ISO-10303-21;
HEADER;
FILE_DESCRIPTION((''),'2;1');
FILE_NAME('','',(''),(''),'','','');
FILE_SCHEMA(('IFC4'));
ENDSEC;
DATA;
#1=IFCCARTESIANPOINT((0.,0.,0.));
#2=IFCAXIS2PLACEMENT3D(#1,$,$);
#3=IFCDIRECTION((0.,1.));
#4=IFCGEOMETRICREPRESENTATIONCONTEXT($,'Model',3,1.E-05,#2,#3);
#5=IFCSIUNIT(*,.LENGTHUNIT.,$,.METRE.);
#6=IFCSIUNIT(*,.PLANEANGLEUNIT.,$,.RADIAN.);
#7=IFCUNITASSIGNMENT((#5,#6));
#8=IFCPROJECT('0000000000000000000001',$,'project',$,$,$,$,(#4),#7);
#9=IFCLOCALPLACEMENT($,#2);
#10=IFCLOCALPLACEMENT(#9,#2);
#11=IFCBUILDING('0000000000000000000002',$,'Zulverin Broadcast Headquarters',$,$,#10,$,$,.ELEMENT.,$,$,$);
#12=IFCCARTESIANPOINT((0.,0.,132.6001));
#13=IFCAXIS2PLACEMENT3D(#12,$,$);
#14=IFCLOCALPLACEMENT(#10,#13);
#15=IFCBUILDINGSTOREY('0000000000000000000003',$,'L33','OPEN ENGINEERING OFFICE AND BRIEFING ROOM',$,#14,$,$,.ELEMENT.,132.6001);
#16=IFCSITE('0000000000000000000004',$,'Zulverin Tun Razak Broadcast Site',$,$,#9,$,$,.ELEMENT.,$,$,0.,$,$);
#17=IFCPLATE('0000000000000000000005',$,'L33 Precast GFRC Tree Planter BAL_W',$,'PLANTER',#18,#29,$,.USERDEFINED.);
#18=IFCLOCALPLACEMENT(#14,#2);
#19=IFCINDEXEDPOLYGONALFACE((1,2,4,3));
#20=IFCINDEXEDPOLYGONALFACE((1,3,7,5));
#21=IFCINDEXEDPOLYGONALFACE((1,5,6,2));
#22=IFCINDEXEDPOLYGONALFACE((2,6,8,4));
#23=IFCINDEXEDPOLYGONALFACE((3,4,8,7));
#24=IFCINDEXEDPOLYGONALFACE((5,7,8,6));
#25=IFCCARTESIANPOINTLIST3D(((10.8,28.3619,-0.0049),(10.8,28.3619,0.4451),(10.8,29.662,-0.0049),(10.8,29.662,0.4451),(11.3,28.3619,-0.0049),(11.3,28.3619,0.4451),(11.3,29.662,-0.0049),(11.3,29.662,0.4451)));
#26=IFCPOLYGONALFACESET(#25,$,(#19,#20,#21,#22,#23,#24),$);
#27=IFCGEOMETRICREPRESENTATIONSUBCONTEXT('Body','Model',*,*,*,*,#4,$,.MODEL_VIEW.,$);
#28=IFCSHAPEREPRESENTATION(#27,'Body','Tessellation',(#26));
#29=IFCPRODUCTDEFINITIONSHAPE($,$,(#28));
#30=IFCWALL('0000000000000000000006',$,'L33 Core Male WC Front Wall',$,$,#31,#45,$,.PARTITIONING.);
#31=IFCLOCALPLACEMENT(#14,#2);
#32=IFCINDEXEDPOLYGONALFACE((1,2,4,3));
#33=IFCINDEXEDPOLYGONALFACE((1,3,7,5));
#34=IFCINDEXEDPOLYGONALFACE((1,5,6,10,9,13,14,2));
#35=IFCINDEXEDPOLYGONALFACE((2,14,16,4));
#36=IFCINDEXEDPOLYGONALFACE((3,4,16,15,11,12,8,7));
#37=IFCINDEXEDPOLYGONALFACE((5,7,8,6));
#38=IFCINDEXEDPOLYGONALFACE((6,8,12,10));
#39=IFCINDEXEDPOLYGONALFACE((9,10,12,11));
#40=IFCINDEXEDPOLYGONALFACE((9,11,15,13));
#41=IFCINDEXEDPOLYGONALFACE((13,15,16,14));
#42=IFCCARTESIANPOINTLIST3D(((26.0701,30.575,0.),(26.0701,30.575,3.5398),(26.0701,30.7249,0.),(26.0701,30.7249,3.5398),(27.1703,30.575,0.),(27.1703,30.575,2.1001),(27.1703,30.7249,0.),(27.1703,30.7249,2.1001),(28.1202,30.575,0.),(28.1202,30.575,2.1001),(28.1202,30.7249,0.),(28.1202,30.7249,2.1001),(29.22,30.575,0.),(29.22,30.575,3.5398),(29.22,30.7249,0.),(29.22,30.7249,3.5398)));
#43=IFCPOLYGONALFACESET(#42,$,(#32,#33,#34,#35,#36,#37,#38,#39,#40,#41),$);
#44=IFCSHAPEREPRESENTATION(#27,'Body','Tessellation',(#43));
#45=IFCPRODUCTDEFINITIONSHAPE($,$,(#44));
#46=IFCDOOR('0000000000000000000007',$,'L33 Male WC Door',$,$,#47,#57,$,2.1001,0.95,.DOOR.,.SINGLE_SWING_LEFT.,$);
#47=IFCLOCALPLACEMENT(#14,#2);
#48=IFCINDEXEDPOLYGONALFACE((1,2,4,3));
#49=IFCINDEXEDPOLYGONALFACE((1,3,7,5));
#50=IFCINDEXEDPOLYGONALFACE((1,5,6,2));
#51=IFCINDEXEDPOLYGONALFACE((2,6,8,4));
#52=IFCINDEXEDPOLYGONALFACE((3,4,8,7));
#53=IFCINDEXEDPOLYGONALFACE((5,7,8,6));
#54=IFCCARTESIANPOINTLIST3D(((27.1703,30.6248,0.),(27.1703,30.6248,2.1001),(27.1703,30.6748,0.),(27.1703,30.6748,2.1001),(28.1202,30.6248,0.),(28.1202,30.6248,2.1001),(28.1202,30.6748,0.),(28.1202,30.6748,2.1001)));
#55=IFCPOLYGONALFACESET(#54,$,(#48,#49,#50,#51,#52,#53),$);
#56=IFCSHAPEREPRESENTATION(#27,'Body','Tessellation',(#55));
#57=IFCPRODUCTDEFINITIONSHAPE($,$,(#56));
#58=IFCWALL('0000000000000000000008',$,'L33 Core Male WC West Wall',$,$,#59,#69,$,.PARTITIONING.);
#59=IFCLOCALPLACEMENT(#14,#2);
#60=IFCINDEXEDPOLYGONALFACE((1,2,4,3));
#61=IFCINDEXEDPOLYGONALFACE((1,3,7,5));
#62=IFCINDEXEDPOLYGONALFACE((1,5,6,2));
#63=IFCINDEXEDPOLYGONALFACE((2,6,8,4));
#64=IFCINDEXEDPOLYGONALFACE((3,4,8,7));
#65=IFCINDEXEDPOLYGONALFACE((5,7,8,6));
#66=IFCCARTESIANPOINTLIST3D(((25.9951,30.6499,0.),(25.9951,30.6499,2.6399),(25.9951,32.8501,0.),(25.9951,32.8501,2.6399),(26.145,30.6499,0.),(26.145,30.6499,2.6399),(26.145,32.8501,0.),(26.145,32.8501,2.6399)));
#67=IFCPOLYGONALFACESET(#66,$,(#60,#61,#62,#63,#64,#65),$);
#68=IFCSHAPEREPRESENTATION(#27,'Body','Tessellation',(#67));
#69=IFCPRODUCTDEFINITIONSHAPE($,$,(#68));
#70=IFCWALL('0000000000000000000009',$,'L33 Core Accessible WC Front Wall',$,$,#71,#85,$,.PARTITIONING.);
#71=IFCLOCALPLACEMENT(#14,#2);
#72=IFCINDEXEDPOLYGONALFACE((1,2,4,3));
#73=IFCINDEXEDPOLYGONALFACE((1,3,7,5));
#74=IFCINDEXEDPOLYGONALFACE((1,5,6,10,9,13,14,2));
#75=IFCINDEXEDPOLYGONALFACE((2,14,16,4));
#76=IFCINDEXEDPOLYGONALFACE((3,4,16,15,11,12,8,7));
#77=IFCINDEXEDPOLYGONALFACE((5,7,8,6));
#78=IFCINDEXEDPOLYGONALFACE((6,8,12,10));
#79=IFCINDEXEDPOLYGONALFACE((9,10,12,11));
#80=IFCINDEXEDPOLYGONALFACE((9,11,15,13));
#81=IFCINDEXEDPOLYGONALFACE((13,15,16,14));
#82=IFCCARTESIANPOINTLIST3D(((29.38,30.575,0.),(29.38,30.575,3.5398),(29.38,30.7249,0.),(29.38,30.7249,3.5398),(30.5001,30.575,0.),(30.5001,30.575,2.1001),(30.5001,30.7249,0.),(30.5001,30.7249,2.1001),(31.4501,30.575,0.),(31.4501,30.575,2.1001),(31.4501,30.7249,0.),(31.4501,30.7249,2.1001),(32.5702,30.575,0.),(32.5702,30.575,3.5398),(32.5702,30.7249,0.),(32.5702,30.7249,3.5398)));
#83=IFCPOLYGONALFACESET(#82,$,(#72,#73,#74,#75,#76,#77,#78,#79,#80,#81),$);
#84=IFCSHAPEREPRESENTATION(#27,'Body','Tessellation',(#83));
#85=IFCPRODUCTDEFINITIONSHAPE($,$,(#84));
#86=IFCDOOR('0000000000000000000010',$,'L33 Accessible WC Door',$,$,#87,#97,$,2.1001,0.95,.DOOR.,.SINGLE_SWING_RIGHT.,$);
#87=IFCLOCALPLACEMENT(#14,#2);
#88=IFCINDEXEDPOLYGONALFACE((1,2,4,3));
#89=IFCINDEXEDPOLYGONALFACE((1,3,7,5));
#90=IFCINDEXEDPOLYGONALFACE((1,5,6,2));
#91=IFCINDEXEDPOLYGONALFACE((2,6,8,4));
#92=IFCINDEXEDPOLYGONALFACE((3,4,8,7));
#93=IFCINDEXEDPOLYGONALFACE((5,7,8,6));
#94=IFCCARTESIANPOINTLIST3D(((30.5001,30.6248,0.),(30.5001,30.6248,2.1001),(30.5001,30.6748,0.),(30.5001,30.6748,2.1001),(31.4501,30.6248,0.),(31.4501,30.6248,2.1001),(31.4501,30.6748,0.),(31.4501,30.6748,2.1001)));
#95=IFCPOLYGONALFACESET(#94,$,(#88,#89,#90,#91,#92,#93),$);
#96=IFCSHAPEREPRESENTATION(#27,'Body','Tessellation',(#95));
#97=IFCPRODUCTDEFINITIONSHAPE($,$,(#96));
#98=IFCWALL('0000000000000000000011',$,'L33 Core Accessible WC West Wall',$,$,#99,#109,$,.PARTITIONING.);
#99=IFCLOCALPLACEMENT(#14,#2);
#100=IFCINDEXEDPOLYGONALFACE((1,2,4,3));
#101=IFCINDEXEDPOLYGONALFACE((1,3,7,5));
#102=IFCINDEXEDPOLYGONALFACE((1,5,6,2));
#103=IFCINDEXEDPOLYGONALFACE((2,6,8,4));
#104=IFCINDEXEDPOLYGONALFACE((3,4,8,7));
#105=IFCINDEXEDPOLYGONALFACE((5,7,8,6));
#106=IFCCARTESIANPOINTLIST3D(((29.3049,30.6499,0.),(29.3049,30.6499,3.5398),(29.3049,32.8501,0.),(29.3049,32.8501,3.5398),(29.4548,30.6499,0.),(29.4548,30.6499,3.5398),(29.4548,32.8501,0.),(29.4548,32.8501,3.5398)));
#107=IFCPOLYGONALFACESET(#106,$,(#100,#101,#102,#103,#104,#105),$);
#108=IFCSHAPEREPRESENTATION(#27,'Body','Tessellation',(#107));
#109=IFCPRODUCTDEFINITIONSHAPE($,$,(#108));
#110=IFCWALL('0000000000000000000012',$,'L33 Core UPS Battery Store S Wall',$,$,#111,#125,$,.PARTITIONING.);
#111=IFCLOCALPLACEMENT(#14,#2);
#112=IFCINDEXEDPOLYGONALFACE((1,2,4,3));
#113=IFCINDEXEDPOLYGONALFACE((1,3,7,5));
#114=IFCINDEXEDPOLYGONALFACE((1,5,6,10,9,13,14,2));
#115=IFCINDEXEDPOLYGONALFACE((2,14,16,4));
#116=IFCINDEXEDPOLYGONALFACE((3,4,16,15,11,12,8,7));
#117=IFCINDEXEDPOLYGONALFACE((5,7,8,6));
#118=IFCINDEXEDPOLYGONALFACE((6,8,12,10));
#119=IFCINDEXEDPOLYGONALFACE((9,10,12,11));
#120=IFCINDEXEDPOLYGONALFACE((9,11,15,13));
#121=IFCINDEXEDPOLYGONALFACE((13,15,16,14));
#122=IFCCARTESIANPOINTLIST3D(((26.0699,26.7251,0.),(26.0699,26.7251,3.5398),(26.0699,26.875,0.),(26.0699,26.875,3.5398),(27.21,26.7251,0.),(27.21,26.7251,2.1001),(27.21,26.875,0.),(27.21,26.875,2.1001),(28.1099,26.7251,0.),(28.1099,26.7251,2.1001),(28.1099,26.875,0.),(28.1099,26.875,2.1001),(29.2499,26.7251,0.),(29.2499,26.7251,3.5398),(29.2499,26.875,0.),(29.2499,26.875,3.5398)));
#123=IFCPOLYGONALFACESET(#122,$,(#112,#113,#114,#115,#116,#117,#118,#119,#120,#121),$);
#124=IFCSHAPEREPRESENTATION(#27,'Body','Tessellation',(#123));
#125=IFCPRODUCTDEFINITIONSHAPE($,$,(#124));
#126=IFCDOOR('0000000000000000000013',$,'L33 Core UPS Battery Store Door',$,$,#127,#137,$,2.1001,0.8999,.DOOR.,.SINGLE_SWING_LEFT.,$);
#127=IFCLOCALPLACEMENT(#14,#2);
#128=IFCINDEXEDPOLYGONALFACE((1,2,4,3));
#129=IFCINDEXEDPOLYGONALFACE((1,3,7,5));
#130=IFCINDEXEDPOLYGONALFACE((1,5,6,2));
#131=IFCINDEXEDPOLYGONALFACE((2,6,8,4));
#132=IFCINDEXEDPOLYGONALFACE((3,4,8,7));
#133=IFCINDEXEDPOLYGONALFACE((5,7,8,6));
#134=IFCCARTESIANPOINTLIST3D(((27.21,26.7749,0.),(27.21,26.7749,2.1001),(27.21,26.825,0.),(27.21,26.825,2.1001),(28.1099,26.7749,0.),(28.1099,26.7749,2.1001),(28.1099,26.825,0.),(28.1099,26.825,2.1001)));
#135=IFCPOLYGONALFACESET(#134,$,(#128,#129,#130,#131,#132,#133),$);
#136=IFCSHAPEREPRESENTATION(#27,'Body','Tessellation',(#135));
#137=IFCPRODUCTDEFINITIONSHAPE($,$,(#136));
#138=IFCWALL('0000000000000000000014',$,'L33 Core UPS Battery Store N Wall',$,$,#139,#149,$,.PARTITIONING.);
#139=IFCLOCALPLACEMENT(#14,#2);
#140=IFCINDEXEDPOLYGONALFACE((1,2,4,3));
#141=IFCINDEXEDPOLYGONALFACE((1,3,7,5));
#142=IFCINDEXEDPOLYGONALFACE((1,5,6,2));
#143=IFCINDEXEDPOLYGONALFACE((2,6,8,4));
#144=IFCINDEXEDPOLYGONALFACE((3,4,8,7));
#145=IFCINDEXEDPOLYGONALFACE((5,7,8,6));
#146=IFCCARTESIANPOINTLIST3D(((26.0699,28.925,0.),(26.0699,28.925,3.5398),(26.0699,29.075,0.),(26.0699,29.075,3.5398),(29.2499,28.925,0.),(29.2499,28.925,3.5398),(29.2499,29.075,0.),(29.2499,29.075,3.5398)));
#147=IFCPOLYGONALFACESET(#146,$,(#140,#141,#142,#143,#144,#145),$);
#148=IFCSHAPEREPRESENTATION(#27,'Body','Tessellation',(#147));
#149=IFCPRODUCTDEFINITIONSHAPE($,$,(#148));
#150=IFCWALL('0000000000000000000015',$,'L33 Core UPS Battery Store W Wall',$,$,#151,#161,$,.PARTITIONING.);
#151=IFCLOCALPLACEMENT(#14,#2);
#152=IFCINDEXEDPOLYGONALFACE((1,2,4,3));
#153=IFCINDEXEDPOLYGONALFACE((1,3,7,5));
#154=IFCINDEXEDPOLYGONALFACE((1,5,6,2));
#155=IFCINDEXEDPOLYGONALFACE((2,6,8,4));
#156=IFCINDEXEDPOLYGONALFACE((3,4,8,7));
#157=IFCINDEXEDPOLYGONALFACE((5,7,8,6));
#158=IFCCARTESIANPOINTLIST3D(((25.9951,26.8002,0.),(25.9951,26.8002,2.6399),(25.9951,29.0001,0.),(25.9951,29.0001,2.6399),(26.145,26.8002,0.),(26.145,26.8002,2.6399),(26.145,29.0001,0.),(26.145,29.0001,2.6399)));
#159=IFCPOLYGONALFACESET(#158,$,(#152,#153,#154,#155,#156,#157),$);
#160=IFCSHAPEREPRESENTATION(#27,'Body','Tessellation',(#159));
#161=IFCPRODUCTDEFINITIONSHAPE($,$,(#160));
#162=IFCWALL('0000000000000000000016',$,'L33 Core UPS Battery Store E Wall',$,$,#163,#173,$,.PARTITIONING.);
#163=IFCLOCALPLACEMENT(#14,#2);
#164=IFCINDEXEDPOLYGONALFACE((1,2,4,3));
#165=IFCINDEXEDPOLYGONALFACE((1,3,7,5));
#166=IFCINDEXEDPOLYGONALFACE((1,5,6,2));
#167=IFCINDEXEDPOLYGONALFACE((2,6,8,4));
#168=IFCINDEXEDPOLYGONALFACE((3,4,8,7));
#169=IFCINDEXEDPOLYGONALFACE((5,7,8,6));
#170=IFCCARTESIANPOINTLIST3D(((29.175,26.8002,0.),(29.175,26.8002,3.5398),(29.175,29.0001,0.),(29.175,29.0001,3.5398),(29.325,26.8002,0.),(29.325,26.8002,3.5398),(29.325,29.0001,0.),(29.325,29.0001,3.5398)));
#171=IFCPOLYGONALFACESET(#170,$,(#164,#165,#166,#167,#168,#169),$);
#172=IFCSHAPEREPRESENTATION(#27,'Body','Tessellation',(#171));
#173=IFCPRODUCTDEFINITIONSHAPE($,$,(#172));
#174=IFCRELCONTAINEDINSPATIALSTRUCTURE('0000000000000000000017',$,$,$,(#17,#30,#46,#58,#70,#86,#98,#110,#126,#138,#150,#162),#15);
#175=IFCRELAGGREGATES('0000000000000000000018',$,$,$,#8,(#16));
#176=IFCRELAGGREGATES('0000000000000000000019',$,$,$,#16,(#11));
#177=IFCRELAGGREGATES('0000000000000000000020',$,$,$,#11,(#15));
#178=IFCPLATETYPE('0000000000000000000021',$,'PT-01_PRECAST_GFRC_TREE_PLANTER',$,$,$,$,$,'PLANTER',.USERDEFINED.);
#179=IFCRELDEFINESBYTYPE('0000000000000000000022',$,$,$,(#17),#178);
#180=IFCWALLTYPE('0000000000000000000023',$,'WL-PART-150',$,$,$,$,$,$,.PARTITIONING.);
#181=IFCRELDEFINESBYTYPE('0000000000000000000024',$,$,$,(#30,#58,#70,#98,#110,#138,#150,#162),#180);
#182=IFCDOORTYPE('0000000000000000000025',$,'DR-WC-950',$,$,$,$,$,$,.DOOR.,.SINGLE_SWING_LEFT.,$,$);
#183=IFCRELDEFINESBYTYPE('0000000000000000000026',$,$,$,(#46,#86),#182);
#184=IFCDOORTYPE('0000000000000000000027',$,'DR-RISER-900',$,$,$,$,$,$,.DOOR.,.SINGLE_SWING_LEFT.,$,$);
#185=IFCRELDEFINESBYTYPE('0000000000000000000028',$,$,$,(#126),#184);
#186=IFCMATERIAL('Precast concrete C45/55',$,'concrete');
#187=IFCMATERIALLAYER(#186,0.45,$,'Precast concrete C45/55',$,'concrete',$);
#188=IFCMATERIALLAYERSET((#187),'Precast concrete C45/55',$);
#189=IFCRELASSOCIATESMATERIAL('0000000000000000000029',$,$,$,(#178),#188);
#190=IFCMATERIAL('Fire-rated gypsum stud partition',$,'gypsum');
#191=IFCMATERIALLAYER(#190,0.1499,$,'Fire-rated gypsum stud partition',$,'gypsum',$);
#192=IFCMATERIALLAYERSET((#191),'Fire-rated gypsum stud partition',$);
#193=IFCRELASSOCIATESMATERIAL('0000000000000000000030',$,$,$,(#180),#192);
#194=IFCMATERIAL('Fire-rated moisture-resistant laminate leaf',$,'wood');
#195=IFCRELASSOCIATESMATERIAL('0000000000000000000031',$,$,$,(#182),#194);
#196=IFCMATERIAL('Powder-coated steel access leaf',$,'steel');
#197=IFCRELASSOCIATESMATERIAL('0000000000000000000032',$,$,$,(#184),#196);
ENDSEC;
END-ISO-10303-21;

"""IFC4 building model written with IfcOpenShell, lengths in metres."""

from ifc_helpers import new_model, si_unit, direction, frame, frame_2d, origin, origin_2d, place, context, subcontext, project, spatial, rectangle, extrude, material, layer, layer_set, type_object, element, fill, save


model = new_model("IFC4")

# Units and contexts
model_context = context("Model", 3, precision=1e-05, world=origin(), true_north=direction((0.0, 1.0)))
body_context = subcontext(model_context, "Body", "Model", "MODEL_VIEW")
ifc_project = project(units=[si_unit("LENGTHUNIT", "METRE"), si_unit("PLANEANGLEUNIT", "RADIAN")], contexts=[model_context])

# Site, building, storey
site_placement = place(None, origin())
site = spatial("IfcSite", under=ifc_project, at=site_placement, Name="Zulverin Tun Razak Broadcast Site", CompositionType="ELEMENT", RefElevation=0.0)
building_placement = place(site_placement, origin())
building = spatial("IfcBuilding", under=site, at=building_placement, Name="Zulverin Broadcast Headquarters", CompositionType="ELEMENT")
storey_placement = place(building_placement, frame((0.0, 0.0, 132.6001)))
storey = spatial("IfcBuildingStorey", under=building, at=storey_placement, Name="L33", Description="OPEN ENGINEERING OFFICE AND BRIEFING ROOM", CompositionType="ELEMENT", Elevation=132.6001)

# Plate
ifc_material_1 = material(Name="Precast concrete C45/55", Category="concrete")
ifc_layer_1 = layer(ifc_material_1, 0.45, Name="Precast concrete C45/55", Category="concrete")
ifc_layer_set_1 = layer_set([ifc_layer_1], Name="Precast concrete C45/55")
plate_type = type_object("IfcPlateType", Name="PT-01_PRECAST_GFRC_TREE_PLANTER", ElementType="PLANTER", PredefinedType="USERDEFINED", material=ifc_layer_set_1)
plate_placement = place(storey_placement, frame((11.05, 29.012, -0.0049), z_axis=(0.0, 0.0, 1.0), x_axis=(0.0, 1.0, 0.0)))
element("IfcPlate", 1, at=plate_placement, inside=storey, type_object=plate_type, Name="L33 Precast GFRC Tree Planter BAL_W", ObjectType="PLANTER", PredefinedType="USERDEFINED", context=body_context, shape_type="SweptSolid", body=[
    extrude(rectangle(XDim=1.3, YDim=0.5, at=origin_2d()), origin(), (0.0, 0.0, 1.0), 0.45),
])

# Wall, opening, door
ifc_material_2 = material(Name="Fire-rated gypsum stud partition", Category="gypsum")
ifc_layer_2 = layer(ifc_material_2, 0.1499, Name="Fire-rated gypsum stud partition", Category="gypsum")
ifc_layer_set_2 = layer_set([ifc_layer_2], Name="Fire-rated gypsum stud partition")
wall_type = type_object("IfcWallType", Name="WL-PART-150", PredefinedType="PARTITIONING", material=ifc_layer_set_2)
wall_1_placement = place(storey_placement, frame((26.0701, 30.6499, 0.0), z_axis=(0.0, 0.0, 1.0), x_axis=(1.0, 0.0, 0.0)))
wall_1 = element("IfcWall", 2, at=wall_1_placement, inside=storey, type_object=wall_type, Name="L33 Core Male WC Front Wall", PredefinedType="PARTITIONING", context=body_context, shape_type="SweptSolid", body=[
    extrude(rectangle(XDim=3.1499, YDim=0.1499, at=frame_2d((1.575, 0.0))), origin(), (0.0, 0.0, 1.0), 3.5398),
])
opening_1_placement = place(wall_1_placement, frame((1.1001, 0.0, 0.0)))
opening_1 = element("IfcOpeningElement", 3, at=opening_1_placement, cuts=wall_1, PredefinedType="OPENING", context=body_context, shape_type="SweptSolid", body=[
    extrude(rectangle(XDim=0.95, YDim=2.1001, at=frame_2d((0.4751, 1.05))), frame((0.0, 0.085, 0.0), z_axis=(0.0, -1.0, 0.0), x_axis=(1.0, 0.0, 0.0)), (0.0, 0.0, 1.0), 0.1699),
])
ifc_material_3 = material(Name="Fire-rated moisture-resistant laminate leaf", Category="wood")
door_type_1 = type_object("IfcDoorType", Name="DR-WC-950", OperationType="SINGLE_SWING_LEFT", PredefinedType="DOOR", material=ifc_material_3)
door_1_placement = place(opening_1_placement, origin())
door_1 = element("IfcDoor", 4, at=door_1_placement, inside=storey, type_object=door_type_1, Name="L33 Male WC Door", OperationType="SINGLE_SWING_LEFT", OverallHeight=2.1001, OverallWidth=0.95, PredefinedType="DOOR", context=body_context, shape_type="SweptSolid", body=[
    extrude(rectangle(XDim=0.95, YDim=2.1001, at=frame_2d((0.4751, 1.05))), frame((0.0, 0.0249, 0.0), z_axis=(0.0, -1.0, 0.0), x_axis=(1.0, 0.0, 0.0)), (0.0, 0.0, 1.0), 0.05),
])
fill(opening_1, door_1)

# Wall
wall_2_placement = place(storey_placement, frame((26.0701, 30.6499, 0.0), z_axis=(0.0, 0.0, 1.0), x_axis=(0.0, 1.0, 0.0)))
element("IfcWall", 5, at=wall_2_placement, inside=storey, type_object=wall_type, Name="L33 Core Male WC West Wall", PredefinedType="PARTITIONING", context=body_context, shape_type="SweptSolid", body=[
    extrude(rectangle(XDim=2.2002, YDim=0.1499, at=frame_2d((1.1001, 0.0))), origin(), (0.0, 0.0, 1.0), 2.6399),
])

# Wall, opening, door
wall_3_placement = place(storey_placement, frame((29.3799, 30.6499, 0.0), z_axis=(0.0, 0.0, 1.0), x_axis=(1.0, 0.0, 0.0)))
wall_3 = element("IfcWall", 6, at=wall_3_placement, inside=storey, type_object=wall_type, Name="L33 Core Accessible WC Front Wall", PredefinedType="PARTITIONING", context=body_context, shape_type="SweptSolid", body=[
    extrude(rectangle(XDim=3.1902, YDim=0.1499, at=frame_2d((1.5952, 0.0))), origin(), (0.0, 0.0, 1.0), 3.5398),
])
opening_2_placement = place(wall_3_placement, frame((1.1201, 0.0, 0.0)))
opening_2 = element("IfcOpeningElement", 7, at=opening_2_placement, cuts=wall_3, PredefinedType="OPENING", context=body_context, shape_type="SweptSolid", body=[
    extrude(rectangle(XDim=0.95, YDim=2.1001, at=frame_2d((0.4751, 1.05))), frame((0.0, 0.085, 0.0), z_axis=(0.0, -1.0, 0.0), x_axis=(1.0, 0.0, 0.0)), (0.0, 0.0, 1.0), 0.1699),
])
door_2_placement = place(opening_2_placement, origin())
door_2 = element("IfcDoor", 8, at=door_2_placement, inside=storey, type_object=door_type_1, Name="L33 Accessible WC Door", OperationType="SINGLE_SWING_RIGHT", OverallHeight=2.1001, OverallWidth=0.95, PredefinedType="DOOR", context=body_context, shape_type="SweptSolid", body=[
    extrude(rectangle(XDim=0.95, YDim=2.1001, at=frame_2d((0.4751, 1.05))), frame((0.0, 0.0249, 0.0), z_axis=(0.0, -1.0, 0.0), x_axis=(1.0, 0.0, 0.0)), (0.0, 0.0, 1.0), 0.05),
])
fill(opening_2, door_2)

# Wall
wall_4_placement = place(storey_placement, frame((29.3799, 30.6499, 0.0), z_axis=(0.0, 0.0, 1.0), x_axis=(0.0, 1.0, 0.0)))
element("IfcWall", 9, at=wall_4_placement, inside=storey, type_object=wall_type, Name="L33 Core Accessible WC West Wall", PredefinedType="PARTITIONING", context=body_context, shape_type="SweptSolid", body=[
    extrude(rectangle(XDim=2.2002, YDim=0.1499, at=frame_2d((1.1001, 0.0))), origin(), (0.0, 0.0, 1.0), 3.5398),
])

# Wall, opening, door
wall_5_placement = place(storey_placement, frame((26.0701, 26.8, 0.0), z_axis=(0.0, 0.0, 1.0), x_axis=(1.0, 0.0, 0.0)))
wall_5 = element("IfcWall", 10, at=wall_5_placement, inside=storey, type_object=wall_type, Name="L33 Core UPS Battery Store S Wall", PredefinedType="PARTITIONING", context=body_context, shape_type="SweptSolid", body=[
    extrude(rectangle(XDim=3.1799, YDim=0.1499, at=frame_2d((1.5898, 0.0))), origin(), (0.0, 0.0, 1.0), 3.5398),
])
opening_3_placement = place(wall_5_placement, frame((1.1399, 0.0, 0.0)))
opening_3 = element("IfcOpeningElement", 11, at=opening_3_placement, cuts=wall_5, PredefinedType="OPENING", context=body_context, shape_type="SweptSolid", body=[
    extrude(rectangle(XDim=0.8999, YDim=2.1001, at=frame_2d((0.45, 1.05))), frame((0.0, 0.085, 0.0), z_axis=(0.0, -1.0, 0.0), x_axis=(1.0, 0.0, 0.0)), (0.0, 0.0, 1.0), 0.1699),
])
ifc_material_4 = material(Name="Powder-coated steel access leaf", Category="steel")
door_type_2 = type_object("IfcDoorType", Name="DR-RISER-900", OperationType="SINGLE_SWING_LEFT", PredefinedType="DOOR", material=ifc_material_4)
door_3_placement = place(opening_3_placement, origin())
door_3 = element("IfcDoor", 12, at=door_3_placement, inside=storey, type_object=door_type_2, Name="L33 Core UPS Battery Store Door", OperationType="SINGLE_SWING_LEFT", OverallHeight=2.1001, OverallWidth=0.8999, PredefinedType="DOOR", context=body_context, shape_type="SweptSolid", body=[
    extrude(rectangle(XDim=0.8999, YDim=2.1001, at=frame_2d((0.45, 1.05))), frame((0.0, 0.0249, 0.0), z_axis=(0.0, -1.0, 0.0), x_axis=(1.0, 0.0, 0.0)), (0.0, 0.0, 1.0), 0.05),
])
fill(opening_3, door_3)

# Walls
wall_6_placement = place(storey_placement, frame((26.0701, 29.0, 0.0), z_axis=(0.0, 0.0, 1.0), x_axis=(1.0, 0.0, 0.0)))
element("IfcWall", 13, at=wall_6_placement, inside=storey, type_object=wall_type, Name="L33 Core UPS Battery Store N Wall", PredefinedType="PARTITIONING", context=body_context, shape_type="SweptSolid", body=[
    extrude(rectangle(XDim=3.1799, YDim=0.1499, at=frame_2d((1.5898, 0.0))), origin(), (0.0, 0.0, 1.0), 3.5398),
])
wall_7_placement = place(storey_placement, frame((26.0701, 26.8, 0.0), z_axis=(0.0, 0.0, 1.0), x_axis=(0.0, 1.0, 0.0)))
element("IfcWall", 14, at=wall_7_placement, inside=storey, type_object=wall_type, Name="L33 Core UPS Battery Store W Wall", PredefinedType="PARTITIONING", context=body_context, shape_type="SweptSolid", body=[
    extrude(rectangle(XDim=2.2, YDim=0.1499, at=frame_2d((1.1001, 0.0))), origin(), (0.0, 0.0, 1.0), 2.6399),
])
wall_8_placement = place(storey_placement, frame((29.25, 26.8, 0.0), z_axis=(0.0, 0.0, 1.0), x_axis=(0.0, 1.0, 0.0)))
element("IfcWall", 15, at=wall_8_placement, inside=storey, type_object=wall_type, Name="L33 Core UPS Battery Store E Wall", PredefinedType="PARTITIONING", context=body_context, shape_type="SweptSolid", body=[
    extrude(rectangle(XDim=2.2, YDim=0.1499, at=frame_2d((1.1001, 0.0))), origin(), (0.0, 0.0, 1.0), 3.5398),
])

save(model, "model.ifc")
